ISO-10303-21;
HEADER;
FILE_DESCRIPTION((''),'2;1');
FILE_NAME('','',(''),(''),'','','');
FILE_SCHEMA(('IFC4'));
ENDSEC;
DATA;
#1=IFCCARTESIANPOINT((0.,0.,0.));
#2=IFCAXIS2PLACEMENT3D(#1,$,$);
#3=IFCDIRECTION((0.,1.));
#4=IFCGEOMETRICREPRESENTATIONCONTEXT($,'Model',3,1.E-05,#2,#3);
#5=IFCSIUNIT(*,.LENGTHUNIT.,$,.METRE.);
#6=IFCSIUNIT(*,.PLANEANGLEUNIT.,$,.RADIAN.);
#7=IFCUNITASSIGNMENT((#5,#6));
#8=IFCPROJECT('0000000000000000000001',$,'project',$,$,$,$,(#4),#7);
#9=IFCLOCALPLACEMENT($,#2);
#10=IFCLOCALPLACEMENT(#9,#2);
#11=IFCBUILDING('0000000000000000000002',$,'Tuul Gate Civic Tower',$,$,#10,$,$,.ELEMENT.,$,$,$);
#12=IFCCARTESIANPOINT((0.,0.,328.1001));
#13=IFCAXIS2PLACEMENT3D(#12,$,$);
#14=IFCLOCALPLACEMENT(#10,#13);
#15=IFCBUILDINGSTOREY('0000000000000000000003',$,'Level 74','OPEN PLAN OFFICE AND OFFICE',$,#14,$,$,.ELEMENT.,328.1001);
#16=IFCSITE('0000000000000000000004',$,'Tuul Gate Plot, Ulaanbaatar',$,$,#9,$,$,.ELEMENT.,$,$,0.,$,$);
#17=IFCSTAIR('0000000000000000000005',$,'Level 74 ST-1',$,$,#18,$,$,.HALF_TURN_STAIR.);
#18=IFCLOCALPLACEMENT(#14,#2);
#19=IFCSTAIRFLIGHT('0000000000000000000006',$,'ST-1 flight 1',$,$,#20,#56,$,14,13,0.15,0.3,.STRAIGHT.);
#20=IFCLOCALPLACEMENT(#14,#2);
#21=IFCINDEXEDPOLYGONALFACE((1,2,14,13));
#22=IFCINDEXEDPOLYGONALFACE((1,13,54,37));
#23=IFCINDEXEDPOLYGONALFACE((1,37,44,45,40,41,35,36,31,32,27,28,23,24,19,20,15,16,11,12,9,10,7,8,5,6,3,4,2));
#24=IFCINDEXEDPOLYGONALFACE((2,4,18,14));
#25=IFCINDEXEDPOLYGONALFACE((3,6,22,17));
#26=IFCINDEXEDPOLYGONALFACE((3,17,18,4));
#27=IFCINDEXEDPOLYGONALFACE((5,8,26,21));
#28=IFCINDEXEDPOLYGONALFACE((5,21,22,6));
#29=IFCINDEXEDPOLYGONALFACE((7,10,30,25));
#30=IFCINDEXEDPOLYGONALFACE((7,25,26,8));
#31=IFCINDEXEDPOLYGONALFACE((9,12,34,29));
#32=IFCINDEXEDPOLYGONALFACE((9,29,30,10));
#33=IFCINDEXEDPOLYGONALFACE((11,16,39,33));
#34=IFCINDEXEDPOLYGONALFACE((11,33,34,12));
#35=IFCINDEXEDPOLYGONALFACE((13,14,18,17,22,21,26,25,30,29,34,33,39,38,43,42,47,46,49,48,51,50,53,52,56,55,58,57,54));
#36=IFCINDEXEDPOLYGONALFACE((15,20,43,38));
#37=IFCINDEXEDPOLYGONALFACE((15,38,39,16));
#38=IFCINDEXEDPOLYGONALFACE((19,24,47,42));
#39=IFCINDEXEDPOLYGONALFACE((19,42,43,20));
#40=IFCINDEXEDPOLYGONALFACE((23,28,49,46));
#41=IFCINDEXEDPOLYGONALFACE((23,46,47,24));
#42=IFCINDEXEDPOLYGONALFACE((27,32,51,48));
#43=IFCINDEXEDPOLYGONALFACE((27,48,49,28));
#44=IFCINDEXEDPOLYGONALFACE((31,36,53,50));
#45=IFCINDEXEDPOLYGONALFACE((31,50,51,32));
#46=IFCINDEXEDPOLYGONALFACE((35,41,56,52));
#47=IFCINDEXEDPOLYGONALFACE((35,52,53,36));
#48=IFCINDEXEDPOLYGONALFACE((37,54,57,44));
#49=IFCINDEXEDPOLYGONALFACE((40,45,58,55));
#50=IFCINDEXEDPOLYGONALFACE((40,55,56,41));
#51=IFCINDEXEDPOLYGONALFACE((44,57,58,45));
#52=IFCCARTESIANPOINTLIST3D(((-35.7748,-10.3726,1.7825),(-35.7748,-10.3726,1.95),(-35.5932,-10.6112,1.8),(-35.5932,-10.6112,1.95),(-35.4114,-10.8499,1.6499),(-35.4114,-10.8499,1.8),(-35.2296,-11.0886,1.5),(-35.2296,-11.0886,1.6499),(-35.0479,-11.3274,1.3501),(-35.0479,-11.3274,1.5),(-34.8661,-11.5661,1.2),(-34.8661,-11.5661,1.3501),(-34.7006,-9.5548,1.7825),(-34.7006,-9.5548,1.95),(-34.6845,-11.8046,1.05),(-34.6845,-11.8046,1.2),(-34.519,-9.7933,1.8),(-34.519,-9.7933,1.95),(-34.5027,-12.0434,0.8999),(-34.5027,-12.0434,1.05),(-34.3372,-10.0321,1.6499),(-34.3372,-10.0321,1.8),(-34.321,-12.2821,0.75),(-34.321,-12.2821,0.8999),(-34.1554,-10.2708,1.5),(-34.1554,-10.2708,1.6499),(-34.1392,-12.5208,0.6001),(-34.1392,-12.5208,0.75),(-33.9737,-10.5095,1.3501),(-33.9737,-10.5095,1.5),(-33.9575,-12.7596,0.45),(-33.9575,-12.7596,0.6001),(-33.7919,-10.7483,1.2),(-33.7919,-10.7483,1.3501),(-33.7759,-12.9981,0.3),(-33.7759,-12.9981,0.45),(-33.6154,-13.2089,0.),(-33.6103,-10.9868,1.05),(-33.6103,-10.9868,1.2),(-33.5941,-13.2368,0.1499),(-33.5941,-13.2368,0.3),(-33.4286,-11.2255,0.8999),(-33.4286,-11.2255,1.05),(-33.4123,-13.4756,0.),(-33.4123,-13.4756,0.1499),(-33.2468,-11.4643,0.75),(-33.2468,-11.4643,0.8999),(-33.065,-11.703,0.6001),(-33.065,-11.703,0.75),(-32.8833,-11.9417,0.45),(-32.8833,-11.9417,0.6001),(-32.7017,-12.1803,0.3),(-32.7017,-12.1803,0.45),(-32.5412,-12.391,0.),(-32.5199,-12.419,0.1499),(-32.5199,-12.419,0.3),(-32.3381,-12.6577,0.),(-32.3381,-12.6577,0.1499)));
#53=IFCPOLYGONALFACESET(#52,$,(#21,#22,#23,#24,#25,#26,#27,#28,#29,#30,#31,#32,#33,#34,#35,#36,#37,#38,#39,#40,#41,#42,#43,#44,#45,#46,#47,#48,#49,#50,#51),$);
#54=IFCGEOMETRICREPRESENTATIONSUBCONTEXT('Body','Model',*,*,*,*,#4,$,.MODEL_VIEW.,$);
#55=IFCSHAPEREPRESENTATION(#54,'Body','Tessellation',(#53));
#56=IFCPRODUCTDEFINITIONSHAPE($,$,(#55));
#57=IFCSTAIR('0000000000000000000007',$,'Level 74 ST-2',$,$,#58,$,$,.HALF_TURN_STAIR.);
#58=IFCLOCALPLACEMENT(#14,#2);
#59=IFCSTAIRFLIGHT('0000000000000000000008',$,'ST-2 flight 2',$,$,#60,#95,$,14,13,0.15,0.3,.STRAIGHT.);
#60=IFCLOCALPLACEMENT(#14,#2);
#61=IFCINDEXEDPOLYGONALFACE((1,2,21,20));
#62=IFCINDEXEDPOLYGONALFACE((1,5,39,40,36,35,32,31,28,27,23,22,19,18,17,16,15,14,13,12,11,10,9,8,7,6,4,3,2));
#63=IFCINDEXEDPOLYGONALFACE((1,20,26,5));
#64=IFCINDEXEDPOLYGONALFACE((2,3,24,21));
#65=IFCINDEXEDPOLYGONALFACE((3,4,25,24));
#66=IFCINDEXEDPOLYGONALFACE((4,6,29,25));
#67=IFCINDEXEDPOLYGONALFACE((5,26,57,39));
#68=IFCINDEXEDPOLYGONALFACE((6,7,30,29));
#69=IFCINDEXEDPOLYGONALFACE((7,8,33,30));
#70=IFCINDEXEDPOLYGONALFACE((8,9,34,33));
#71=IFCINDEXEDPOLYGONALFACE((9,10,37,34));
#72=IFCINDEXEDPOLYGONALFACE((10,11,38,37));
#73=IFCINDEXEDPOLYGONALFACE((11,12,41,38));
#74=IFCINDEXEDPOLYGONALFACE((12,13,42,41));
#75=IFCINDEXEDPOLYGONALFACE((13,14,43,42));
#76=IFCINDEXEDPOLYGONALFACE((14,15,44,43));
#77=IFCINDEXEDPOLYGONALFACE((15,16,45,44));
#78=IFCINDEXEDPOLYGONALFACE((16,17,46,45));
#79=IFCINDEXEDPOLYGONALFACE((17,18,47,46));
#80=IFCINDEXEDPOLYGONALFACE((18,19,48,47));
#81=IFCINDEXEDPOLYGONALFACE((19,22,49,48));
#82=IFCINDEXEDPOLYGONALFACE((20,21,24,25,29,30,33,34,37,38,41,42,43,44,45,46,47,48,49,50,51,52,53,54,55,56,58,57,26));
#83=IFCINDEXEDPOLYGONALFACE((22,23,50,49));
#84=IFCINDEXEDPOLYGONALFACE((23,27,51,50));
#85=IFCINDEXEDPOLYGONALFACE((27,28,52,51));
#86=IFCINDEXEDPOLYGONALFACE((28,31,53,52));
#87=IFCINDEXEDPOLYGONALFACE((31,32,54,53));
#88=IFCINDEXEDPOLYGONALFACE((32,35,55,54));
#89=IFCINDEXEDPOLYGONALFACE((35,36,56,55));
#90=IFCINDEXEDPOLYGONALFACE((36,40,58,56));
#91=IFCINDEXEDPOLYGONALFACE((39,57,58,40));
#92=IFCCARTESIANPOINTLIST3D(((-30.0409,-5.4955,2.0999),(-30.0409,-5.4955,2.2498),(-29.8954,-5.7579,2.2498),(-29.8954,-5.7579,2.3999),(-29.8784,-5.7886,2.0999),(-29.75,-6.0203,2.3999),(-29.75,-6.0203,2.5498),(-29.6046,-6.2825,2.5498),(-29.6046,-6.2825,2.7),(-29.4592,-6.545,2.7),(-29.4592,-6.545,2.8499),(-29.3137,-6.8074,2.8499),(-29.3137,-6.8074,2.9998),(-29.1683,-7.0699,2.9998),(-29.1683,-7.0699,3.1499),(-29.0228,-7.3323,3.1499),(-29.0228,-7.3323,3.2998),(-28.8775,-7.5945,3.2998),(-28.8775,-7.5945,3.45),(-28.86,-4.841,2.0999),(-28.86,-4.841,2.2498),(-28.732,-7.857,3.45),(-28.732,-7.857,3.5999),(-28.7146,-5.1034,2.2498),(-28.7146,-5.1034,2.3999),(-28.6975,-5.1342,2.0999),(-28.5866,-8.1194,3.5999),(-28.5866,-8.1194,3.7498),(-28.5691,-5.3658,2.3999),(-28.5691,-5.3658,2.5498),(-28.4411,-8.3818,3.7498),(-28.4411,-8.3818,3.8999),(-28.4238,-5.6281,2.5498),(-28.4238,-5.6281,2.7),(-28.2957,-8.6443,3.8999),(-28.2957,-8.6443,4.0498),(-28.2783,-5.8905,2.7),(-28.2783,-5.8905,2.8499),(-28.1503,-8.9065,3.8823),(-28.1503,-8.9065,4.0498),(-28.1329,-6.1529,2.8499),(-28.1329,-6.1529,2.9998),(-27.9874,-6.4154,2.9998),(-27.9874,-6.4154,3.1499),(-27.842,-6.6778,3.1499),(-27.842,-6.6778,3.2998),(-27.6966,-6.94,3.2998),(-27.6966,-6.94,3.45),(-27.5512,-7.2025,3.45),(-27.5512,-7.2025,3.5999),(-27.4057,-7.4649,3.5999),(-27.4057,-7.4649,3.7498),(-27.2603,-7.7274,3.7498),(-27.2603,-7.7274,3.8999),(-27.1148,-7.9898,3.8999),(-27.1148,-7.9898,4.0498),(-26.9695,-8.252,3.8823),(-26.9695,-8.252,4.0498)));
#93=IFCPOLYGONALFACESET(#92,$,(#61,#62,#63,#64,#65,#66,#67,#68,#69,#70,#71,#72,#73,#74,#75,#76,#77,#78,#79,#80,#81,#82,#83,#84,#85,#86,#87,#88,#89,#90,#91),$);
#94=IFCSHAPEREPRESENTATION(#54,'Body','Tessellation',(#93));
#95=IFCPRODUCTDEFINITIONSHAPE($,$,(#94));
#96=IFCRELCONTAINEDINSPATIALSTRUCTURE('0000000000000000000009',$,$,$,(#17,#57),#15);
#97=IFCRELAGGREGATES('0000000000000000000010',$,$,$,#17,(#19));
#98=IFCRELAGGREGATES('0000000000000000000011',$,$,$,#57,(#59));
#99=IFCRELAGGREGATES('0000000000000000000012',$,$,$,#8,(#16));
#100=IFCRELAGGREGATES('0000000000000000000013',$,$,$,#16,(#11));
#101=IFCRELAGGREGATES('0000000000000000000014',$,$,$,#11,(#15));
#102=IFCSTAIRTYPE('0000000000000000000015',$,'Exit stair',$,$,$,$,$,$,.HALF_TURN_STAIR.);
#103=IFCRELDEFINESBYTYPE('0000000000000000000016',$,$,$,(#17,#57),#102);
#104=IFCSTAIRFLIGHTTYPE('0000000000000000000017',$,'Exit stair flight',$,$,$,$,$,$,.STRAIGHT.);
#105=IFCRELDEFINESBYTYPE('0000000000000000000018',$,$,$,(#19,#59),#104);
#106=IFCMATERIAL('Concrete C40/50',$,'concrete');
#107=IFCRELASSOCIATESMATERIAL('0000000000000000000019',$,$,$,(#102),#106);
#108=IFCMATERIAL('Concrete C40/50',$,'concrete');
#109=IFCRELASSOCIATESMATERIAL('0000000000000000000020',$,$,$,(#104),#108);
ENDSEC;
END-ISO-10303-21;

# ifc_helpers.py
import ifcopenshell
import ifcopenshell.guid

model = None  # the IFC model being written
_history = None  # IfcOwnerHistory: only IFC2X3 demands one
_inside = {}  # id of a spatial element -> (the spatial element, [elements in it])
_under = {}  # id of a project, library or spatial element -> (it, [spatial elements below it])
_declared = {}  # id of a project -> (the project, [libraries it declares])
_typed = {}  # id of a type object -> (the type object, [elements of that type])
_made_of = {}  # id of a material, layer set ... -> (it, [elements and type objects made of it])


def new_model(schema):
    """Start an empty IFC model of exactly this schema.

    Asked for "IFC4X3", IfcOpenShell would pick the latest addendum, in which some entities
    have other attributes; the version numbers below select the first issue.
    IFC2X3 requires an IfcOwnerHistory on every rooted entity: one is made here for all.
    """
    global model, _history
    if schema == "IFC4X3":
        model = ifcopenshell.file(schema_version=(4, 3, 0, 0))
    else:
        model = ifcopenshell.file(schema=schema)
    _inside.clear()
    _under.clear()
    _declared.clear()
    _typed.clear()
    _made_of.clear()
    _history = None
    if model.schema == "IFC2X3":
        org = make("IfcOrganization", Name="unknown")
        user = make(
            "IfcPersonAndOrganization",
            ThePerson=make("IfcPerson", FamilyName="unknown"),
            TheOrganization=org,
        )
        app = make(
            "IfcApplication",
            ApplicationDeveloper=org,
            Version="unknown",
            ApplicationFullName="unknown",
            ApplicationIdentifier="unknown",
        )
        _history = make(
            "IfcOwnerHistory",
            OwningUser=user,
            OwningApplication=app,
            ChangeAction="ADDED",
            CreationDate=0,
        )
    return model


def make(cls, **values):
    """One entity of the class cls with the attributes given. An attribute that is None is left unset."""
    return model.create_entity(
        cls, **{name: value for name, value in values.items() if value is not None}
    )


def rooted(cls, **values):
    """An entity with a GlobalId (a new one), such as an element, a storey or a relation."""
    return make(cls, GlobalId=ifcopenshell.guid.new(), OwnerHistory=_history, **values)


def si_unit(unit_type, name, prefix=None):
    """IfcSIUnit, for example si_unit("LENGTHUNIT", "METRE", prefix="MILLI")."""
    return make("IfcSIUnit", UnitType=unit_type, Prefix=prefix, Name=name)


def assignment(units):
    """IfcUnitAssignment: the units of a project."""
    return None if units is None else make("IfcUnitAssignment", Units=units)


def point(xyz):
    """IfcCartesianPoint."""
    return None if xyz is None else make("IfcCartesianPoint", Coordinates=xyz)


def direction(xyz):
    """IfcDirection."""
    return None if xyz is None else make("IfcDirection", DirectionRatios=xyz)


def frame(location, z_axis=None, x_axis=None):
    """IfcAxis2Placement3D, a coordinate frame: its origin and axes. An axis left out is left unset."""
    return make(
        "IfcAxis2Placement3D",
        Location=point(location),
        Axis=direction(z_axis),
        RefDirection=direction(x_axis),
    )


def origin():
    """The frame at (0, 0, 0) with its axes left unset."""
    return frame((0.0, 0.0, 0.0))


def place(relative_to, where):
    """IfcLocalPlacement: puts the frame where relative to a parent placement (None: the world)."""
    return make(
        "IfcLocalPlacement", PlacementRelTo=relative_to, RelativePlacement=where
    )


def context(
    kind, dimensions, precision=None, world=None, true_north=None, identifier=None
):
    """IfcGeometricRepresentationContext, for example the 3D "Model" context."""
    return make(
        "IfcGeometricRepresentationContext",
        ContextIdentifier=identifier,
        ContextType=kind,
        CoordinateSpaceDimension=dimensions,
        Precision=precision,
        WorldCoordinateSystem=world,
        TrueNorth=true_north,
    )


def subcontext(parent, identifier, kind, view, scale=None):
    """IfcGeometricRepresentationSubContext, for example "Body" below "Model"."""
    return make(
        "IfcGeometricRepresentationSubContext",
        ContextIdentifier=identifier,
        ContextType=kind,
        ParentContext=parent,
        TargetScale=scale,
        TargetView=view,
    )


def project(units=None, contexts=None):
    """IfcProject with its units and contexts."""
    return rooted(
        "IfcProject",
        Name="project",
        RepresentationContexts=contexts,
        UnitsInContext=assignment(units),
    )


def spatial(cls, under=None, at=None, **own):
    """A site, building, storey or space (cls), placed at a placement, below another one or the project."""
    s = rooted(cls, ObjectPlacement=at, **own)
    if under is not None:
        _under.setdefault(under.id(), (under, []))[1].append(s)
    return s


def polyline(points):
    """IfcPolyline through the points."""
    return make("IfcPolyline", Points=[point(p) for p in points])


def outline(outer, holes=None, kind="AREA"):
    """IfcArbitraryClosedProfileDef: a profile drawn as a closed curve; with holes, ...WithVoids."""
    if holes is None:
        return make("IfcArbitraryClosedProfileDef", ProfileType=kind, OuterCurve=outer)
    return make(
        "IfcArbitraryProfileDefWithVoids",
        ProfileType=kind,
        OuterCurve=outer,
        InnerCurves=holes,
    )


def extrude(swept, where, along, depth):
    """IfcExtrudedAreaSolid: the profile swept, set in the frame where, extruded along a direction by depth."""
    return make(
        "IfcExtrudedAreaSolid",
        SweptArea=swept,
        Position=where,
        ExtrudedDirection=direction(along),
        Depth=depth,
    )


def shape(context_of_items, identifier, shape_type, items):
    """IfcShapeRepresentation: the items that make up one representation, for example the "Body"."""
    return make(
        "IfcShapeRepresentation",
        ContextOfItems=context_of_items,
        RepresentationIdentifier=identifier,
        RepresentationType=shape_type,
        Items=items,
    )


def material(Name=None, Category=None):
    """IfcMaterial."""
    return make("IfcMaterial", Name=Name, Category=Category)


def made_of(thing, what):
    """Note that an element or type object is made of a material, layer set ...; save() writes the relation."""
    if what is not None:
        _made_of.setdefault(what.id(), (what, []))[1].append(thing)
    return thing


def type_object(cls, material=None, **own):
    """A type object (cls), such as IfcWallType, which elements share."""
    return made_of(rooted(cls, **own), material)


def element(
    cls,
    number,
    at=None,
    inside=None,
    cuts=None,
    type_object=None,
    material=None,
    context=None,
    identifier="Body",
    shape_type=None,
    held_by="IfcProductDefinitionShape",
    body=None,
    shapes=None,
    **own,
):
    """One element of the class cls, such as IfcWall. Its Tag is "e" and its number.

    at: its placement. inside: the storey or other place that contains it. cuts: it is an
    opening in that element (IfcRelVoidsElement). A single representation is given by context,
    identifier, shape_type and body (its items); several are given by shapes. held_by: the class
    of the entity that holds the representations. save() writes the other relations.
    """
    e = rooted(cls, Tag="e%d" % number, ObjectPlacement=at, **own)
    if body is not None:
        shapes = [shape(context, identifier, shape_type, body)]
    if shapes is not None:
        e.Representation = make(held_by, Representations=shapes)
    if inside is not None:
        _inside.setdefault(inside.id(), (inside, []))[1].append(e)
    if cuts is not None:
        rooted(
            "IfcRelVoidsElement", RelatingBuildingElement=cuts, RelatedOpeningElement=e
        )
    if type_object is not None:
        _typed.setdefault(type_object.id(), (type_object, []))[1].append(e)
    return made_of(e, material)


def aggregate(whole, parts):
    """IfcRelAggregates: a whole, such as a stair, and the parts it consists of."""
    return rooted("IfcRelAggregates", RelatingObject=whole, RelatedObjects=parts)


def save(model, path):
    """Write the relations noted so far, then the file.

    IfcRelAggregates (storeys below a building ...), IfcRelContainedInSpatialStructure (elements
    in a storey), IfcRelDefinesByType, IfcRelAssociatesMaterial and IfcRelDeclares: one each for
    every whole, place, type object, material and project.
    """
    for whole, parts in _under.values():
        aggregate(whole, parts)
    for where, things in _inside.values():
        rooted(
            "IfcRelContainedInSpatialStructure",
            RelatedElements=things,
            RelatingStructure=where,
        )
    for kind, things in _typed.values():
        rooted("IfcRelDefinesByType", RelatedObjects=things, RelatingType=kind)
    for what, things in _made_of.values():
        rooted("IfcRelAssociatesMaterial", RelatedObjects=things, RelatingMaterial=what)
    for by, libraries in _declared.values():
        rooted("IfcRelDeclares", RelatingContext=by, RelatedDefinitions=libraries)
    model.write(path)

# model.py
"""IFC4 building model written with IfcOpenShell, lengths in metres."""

from ifc_helpers import new_model, si_unit, direction, frame, origin, place, context, subcontext, project, spatial, polyline, outline, extrude, material, type_object, element, aggregate, save


model = new_model("IFC4")

# Units and contexts
model_context = context("Model", 3, precision=1e-05, world=origin(), true_north=direction((0.0, 1.0)))
body_context = subcontext(model_context, "Body", "Model", "MODEL_VIEW")
ifc_project = project(units=[si_unit("LENGTHUNIT", "METRE"), si_unit("PLANEANGLEUNIT", "RADIAN")], contexts=[model_context])

# Site, building, storey
site_placement = place(None, origin())
site = spatial("IfcSite", under=ifc_project, at=site_placement, Name="Tuul Gate Plot, Ulaanbaatar", CompositionType="ELEMENT", RefElevation=0.0)
building_placement = place(site_placement, origin())
building = spatial("IfcBuilding", under=site, at=building_placement, Name="Tuul Gate Civic Tower", CompositionType="ELEMENT")
storey_placement = place(building_placement, frame((0.0, 0.0, 328.1001)))
storey = spatial("IfcBuildingStorey", under=building, at=storey_placement, Name="Level 74", Description="OPEN PLAN OFFICE AND OFFICE", CompositionType="ELEMENT", Elevation=328.1001)

# Stairs, stair flights
ifc_material_1 = material(Name="Concrete C40/50", Category="concrete")
stair_type = type_object("IfcStairType", Name="Exit stair", PredefinedType="HALF_TURN_STAIR", material=ifc_material_1)
stair_1_placement = place(storey_placement, origin())
stair_1 = element("IfcStair", 1, at=stair_1_placement, inside=storey, type_object=stair_type, Name="Level 74 ST-1", PredefinedType="HALF_TURN_STAIR")
ifc_material_2 = material(Name="Concrete C40/50", Category="concrete")
stair_flight_type = type_object("IfcStairFlightType", Name="Exit stair flight", PredefinedType="STRAIGHT", material=ifc_material_2)
stair_flight_1_placement = place(storey_placement, frame((-32.8752, -13.0667, 0.0), z_axis=(0.0, 0.0, 1.0), x_axis=(-0.605764, 0.795644, 0.0)))
stair_flight_1 = element("IfcStairFlight", 2, at=stair_flight_1_placement, type_object=stair_flight_type, Name="ST-1 flight 1", NumberOfRisers=14, NumberOfTreads=13, PredefinedType="STRAIGHT", RiserHeight=0.15, TreadLength=0.3, context=body_context, shape_type="SweptSolid", body=[
    extrude(outline(polyline([(0.0, 0.0), (0.0, 0.1499), (0.3, 0.1499), (0.3, 0.3), (0.6001, 0.3), (0.6001, 0.45), (0.8999, 0.45), (0.8999, 0.6001), (1.2, 0.6001), (1.2, 0.75), (1.5, 0.75), (1.5, 0.8999), (1.8, 0.8999), (1.8, 1.05), (2.1001, 1.05), (2.1001, 1.2), (2.3999, 1.2), (2.3999, 1.3501), (2.7, 1.3501), (2.7, 1.5), (3.0, 1.5), (3.0, 1.6499), (3.3, 1.6499), (3.3, 1.8), (3.6001, 1.8), (3.6001, 1.95), (3.8999, 1.95), (3.8999, 2.1001), (3.8999, 1.7825), (0.3352, 0.0), (0.0, 0.0)])), frame((0.0, 0.675, 0.0), z_axis=(0.0, -1.0, 0.0), x_axis=(1.0, 0.0, 0.0)), (0.0, 0.0, 1.0), 1.3501),
])
aggregate(stair_1, [stair_flight_1])
stair_2_placement = place(storey_placement, origin())
stair_2 = element("IfcStair", 3, at=stair_2_placement, inside=storey, type_object=stair_type, Name="Level 74 ST-2", PredefinedType="HALF_TURN_STAIR")
stair_flight_2_placement = place(storey_placement, frame((-29.4504, -5.1682, 2.0999), z_axis=(0.0, 0.0, 1.0), x_axis=(0.484762, -0.874646, 0.0)))
stair_flight_2 = element("IfcStairFlight", 4, at=stair_flight_2_placement, type_object=stair_flight_type, Name="ST-2 flight 2", NumberOfRisers=14, NumberOfTreads=13, PredefinedType="STRAIGHT", RiserHeight=0.15, TreadLength=0.3, context=body_context, shape_type="SweptSolid", body=[
    extrude(outline(polyline([(0.0, 0.0), (0.0, 0.1499), (0.3, 0.1499), (0.3, 0.3), (0.6001, 0.3), (0.6001, 0.45), (0.8999, 0.45), (0.8999, 0.6001), (1.2, 0.6001), (1.2, 0.75), (1.5, 0.75), (1.5, 0.8999), (1.8, 0.8999), (1.8, 1.05), (2.1001, 1.05), (2.1001, 1.2), (2.3999, 1.2), (2.3999, 1.3501), (2.7, 1.3501), (2.7, 1.5), (3.0, 1.5), (3.0, 1.6499), (3.3, 1.6499), (3.3, 1.8), (3.6001, 1.8), (3.6001, 1.95), (3.8999, 1.95), (3.8999, 2.1001), (3.8999, 1.7825), (0.3352, 0.0), (0.0, 0.0)])), frame((0.0, 0.675, 0.0), z_axis=(0.0, -1.0, 0.0), x_axis=(1.0, 0.0, 0.0)), (0.0, 0.0, 1.0), 1.3501),
])
aggregate(stair_2, [stair_flight_2])

save(model, "model.ifc")
